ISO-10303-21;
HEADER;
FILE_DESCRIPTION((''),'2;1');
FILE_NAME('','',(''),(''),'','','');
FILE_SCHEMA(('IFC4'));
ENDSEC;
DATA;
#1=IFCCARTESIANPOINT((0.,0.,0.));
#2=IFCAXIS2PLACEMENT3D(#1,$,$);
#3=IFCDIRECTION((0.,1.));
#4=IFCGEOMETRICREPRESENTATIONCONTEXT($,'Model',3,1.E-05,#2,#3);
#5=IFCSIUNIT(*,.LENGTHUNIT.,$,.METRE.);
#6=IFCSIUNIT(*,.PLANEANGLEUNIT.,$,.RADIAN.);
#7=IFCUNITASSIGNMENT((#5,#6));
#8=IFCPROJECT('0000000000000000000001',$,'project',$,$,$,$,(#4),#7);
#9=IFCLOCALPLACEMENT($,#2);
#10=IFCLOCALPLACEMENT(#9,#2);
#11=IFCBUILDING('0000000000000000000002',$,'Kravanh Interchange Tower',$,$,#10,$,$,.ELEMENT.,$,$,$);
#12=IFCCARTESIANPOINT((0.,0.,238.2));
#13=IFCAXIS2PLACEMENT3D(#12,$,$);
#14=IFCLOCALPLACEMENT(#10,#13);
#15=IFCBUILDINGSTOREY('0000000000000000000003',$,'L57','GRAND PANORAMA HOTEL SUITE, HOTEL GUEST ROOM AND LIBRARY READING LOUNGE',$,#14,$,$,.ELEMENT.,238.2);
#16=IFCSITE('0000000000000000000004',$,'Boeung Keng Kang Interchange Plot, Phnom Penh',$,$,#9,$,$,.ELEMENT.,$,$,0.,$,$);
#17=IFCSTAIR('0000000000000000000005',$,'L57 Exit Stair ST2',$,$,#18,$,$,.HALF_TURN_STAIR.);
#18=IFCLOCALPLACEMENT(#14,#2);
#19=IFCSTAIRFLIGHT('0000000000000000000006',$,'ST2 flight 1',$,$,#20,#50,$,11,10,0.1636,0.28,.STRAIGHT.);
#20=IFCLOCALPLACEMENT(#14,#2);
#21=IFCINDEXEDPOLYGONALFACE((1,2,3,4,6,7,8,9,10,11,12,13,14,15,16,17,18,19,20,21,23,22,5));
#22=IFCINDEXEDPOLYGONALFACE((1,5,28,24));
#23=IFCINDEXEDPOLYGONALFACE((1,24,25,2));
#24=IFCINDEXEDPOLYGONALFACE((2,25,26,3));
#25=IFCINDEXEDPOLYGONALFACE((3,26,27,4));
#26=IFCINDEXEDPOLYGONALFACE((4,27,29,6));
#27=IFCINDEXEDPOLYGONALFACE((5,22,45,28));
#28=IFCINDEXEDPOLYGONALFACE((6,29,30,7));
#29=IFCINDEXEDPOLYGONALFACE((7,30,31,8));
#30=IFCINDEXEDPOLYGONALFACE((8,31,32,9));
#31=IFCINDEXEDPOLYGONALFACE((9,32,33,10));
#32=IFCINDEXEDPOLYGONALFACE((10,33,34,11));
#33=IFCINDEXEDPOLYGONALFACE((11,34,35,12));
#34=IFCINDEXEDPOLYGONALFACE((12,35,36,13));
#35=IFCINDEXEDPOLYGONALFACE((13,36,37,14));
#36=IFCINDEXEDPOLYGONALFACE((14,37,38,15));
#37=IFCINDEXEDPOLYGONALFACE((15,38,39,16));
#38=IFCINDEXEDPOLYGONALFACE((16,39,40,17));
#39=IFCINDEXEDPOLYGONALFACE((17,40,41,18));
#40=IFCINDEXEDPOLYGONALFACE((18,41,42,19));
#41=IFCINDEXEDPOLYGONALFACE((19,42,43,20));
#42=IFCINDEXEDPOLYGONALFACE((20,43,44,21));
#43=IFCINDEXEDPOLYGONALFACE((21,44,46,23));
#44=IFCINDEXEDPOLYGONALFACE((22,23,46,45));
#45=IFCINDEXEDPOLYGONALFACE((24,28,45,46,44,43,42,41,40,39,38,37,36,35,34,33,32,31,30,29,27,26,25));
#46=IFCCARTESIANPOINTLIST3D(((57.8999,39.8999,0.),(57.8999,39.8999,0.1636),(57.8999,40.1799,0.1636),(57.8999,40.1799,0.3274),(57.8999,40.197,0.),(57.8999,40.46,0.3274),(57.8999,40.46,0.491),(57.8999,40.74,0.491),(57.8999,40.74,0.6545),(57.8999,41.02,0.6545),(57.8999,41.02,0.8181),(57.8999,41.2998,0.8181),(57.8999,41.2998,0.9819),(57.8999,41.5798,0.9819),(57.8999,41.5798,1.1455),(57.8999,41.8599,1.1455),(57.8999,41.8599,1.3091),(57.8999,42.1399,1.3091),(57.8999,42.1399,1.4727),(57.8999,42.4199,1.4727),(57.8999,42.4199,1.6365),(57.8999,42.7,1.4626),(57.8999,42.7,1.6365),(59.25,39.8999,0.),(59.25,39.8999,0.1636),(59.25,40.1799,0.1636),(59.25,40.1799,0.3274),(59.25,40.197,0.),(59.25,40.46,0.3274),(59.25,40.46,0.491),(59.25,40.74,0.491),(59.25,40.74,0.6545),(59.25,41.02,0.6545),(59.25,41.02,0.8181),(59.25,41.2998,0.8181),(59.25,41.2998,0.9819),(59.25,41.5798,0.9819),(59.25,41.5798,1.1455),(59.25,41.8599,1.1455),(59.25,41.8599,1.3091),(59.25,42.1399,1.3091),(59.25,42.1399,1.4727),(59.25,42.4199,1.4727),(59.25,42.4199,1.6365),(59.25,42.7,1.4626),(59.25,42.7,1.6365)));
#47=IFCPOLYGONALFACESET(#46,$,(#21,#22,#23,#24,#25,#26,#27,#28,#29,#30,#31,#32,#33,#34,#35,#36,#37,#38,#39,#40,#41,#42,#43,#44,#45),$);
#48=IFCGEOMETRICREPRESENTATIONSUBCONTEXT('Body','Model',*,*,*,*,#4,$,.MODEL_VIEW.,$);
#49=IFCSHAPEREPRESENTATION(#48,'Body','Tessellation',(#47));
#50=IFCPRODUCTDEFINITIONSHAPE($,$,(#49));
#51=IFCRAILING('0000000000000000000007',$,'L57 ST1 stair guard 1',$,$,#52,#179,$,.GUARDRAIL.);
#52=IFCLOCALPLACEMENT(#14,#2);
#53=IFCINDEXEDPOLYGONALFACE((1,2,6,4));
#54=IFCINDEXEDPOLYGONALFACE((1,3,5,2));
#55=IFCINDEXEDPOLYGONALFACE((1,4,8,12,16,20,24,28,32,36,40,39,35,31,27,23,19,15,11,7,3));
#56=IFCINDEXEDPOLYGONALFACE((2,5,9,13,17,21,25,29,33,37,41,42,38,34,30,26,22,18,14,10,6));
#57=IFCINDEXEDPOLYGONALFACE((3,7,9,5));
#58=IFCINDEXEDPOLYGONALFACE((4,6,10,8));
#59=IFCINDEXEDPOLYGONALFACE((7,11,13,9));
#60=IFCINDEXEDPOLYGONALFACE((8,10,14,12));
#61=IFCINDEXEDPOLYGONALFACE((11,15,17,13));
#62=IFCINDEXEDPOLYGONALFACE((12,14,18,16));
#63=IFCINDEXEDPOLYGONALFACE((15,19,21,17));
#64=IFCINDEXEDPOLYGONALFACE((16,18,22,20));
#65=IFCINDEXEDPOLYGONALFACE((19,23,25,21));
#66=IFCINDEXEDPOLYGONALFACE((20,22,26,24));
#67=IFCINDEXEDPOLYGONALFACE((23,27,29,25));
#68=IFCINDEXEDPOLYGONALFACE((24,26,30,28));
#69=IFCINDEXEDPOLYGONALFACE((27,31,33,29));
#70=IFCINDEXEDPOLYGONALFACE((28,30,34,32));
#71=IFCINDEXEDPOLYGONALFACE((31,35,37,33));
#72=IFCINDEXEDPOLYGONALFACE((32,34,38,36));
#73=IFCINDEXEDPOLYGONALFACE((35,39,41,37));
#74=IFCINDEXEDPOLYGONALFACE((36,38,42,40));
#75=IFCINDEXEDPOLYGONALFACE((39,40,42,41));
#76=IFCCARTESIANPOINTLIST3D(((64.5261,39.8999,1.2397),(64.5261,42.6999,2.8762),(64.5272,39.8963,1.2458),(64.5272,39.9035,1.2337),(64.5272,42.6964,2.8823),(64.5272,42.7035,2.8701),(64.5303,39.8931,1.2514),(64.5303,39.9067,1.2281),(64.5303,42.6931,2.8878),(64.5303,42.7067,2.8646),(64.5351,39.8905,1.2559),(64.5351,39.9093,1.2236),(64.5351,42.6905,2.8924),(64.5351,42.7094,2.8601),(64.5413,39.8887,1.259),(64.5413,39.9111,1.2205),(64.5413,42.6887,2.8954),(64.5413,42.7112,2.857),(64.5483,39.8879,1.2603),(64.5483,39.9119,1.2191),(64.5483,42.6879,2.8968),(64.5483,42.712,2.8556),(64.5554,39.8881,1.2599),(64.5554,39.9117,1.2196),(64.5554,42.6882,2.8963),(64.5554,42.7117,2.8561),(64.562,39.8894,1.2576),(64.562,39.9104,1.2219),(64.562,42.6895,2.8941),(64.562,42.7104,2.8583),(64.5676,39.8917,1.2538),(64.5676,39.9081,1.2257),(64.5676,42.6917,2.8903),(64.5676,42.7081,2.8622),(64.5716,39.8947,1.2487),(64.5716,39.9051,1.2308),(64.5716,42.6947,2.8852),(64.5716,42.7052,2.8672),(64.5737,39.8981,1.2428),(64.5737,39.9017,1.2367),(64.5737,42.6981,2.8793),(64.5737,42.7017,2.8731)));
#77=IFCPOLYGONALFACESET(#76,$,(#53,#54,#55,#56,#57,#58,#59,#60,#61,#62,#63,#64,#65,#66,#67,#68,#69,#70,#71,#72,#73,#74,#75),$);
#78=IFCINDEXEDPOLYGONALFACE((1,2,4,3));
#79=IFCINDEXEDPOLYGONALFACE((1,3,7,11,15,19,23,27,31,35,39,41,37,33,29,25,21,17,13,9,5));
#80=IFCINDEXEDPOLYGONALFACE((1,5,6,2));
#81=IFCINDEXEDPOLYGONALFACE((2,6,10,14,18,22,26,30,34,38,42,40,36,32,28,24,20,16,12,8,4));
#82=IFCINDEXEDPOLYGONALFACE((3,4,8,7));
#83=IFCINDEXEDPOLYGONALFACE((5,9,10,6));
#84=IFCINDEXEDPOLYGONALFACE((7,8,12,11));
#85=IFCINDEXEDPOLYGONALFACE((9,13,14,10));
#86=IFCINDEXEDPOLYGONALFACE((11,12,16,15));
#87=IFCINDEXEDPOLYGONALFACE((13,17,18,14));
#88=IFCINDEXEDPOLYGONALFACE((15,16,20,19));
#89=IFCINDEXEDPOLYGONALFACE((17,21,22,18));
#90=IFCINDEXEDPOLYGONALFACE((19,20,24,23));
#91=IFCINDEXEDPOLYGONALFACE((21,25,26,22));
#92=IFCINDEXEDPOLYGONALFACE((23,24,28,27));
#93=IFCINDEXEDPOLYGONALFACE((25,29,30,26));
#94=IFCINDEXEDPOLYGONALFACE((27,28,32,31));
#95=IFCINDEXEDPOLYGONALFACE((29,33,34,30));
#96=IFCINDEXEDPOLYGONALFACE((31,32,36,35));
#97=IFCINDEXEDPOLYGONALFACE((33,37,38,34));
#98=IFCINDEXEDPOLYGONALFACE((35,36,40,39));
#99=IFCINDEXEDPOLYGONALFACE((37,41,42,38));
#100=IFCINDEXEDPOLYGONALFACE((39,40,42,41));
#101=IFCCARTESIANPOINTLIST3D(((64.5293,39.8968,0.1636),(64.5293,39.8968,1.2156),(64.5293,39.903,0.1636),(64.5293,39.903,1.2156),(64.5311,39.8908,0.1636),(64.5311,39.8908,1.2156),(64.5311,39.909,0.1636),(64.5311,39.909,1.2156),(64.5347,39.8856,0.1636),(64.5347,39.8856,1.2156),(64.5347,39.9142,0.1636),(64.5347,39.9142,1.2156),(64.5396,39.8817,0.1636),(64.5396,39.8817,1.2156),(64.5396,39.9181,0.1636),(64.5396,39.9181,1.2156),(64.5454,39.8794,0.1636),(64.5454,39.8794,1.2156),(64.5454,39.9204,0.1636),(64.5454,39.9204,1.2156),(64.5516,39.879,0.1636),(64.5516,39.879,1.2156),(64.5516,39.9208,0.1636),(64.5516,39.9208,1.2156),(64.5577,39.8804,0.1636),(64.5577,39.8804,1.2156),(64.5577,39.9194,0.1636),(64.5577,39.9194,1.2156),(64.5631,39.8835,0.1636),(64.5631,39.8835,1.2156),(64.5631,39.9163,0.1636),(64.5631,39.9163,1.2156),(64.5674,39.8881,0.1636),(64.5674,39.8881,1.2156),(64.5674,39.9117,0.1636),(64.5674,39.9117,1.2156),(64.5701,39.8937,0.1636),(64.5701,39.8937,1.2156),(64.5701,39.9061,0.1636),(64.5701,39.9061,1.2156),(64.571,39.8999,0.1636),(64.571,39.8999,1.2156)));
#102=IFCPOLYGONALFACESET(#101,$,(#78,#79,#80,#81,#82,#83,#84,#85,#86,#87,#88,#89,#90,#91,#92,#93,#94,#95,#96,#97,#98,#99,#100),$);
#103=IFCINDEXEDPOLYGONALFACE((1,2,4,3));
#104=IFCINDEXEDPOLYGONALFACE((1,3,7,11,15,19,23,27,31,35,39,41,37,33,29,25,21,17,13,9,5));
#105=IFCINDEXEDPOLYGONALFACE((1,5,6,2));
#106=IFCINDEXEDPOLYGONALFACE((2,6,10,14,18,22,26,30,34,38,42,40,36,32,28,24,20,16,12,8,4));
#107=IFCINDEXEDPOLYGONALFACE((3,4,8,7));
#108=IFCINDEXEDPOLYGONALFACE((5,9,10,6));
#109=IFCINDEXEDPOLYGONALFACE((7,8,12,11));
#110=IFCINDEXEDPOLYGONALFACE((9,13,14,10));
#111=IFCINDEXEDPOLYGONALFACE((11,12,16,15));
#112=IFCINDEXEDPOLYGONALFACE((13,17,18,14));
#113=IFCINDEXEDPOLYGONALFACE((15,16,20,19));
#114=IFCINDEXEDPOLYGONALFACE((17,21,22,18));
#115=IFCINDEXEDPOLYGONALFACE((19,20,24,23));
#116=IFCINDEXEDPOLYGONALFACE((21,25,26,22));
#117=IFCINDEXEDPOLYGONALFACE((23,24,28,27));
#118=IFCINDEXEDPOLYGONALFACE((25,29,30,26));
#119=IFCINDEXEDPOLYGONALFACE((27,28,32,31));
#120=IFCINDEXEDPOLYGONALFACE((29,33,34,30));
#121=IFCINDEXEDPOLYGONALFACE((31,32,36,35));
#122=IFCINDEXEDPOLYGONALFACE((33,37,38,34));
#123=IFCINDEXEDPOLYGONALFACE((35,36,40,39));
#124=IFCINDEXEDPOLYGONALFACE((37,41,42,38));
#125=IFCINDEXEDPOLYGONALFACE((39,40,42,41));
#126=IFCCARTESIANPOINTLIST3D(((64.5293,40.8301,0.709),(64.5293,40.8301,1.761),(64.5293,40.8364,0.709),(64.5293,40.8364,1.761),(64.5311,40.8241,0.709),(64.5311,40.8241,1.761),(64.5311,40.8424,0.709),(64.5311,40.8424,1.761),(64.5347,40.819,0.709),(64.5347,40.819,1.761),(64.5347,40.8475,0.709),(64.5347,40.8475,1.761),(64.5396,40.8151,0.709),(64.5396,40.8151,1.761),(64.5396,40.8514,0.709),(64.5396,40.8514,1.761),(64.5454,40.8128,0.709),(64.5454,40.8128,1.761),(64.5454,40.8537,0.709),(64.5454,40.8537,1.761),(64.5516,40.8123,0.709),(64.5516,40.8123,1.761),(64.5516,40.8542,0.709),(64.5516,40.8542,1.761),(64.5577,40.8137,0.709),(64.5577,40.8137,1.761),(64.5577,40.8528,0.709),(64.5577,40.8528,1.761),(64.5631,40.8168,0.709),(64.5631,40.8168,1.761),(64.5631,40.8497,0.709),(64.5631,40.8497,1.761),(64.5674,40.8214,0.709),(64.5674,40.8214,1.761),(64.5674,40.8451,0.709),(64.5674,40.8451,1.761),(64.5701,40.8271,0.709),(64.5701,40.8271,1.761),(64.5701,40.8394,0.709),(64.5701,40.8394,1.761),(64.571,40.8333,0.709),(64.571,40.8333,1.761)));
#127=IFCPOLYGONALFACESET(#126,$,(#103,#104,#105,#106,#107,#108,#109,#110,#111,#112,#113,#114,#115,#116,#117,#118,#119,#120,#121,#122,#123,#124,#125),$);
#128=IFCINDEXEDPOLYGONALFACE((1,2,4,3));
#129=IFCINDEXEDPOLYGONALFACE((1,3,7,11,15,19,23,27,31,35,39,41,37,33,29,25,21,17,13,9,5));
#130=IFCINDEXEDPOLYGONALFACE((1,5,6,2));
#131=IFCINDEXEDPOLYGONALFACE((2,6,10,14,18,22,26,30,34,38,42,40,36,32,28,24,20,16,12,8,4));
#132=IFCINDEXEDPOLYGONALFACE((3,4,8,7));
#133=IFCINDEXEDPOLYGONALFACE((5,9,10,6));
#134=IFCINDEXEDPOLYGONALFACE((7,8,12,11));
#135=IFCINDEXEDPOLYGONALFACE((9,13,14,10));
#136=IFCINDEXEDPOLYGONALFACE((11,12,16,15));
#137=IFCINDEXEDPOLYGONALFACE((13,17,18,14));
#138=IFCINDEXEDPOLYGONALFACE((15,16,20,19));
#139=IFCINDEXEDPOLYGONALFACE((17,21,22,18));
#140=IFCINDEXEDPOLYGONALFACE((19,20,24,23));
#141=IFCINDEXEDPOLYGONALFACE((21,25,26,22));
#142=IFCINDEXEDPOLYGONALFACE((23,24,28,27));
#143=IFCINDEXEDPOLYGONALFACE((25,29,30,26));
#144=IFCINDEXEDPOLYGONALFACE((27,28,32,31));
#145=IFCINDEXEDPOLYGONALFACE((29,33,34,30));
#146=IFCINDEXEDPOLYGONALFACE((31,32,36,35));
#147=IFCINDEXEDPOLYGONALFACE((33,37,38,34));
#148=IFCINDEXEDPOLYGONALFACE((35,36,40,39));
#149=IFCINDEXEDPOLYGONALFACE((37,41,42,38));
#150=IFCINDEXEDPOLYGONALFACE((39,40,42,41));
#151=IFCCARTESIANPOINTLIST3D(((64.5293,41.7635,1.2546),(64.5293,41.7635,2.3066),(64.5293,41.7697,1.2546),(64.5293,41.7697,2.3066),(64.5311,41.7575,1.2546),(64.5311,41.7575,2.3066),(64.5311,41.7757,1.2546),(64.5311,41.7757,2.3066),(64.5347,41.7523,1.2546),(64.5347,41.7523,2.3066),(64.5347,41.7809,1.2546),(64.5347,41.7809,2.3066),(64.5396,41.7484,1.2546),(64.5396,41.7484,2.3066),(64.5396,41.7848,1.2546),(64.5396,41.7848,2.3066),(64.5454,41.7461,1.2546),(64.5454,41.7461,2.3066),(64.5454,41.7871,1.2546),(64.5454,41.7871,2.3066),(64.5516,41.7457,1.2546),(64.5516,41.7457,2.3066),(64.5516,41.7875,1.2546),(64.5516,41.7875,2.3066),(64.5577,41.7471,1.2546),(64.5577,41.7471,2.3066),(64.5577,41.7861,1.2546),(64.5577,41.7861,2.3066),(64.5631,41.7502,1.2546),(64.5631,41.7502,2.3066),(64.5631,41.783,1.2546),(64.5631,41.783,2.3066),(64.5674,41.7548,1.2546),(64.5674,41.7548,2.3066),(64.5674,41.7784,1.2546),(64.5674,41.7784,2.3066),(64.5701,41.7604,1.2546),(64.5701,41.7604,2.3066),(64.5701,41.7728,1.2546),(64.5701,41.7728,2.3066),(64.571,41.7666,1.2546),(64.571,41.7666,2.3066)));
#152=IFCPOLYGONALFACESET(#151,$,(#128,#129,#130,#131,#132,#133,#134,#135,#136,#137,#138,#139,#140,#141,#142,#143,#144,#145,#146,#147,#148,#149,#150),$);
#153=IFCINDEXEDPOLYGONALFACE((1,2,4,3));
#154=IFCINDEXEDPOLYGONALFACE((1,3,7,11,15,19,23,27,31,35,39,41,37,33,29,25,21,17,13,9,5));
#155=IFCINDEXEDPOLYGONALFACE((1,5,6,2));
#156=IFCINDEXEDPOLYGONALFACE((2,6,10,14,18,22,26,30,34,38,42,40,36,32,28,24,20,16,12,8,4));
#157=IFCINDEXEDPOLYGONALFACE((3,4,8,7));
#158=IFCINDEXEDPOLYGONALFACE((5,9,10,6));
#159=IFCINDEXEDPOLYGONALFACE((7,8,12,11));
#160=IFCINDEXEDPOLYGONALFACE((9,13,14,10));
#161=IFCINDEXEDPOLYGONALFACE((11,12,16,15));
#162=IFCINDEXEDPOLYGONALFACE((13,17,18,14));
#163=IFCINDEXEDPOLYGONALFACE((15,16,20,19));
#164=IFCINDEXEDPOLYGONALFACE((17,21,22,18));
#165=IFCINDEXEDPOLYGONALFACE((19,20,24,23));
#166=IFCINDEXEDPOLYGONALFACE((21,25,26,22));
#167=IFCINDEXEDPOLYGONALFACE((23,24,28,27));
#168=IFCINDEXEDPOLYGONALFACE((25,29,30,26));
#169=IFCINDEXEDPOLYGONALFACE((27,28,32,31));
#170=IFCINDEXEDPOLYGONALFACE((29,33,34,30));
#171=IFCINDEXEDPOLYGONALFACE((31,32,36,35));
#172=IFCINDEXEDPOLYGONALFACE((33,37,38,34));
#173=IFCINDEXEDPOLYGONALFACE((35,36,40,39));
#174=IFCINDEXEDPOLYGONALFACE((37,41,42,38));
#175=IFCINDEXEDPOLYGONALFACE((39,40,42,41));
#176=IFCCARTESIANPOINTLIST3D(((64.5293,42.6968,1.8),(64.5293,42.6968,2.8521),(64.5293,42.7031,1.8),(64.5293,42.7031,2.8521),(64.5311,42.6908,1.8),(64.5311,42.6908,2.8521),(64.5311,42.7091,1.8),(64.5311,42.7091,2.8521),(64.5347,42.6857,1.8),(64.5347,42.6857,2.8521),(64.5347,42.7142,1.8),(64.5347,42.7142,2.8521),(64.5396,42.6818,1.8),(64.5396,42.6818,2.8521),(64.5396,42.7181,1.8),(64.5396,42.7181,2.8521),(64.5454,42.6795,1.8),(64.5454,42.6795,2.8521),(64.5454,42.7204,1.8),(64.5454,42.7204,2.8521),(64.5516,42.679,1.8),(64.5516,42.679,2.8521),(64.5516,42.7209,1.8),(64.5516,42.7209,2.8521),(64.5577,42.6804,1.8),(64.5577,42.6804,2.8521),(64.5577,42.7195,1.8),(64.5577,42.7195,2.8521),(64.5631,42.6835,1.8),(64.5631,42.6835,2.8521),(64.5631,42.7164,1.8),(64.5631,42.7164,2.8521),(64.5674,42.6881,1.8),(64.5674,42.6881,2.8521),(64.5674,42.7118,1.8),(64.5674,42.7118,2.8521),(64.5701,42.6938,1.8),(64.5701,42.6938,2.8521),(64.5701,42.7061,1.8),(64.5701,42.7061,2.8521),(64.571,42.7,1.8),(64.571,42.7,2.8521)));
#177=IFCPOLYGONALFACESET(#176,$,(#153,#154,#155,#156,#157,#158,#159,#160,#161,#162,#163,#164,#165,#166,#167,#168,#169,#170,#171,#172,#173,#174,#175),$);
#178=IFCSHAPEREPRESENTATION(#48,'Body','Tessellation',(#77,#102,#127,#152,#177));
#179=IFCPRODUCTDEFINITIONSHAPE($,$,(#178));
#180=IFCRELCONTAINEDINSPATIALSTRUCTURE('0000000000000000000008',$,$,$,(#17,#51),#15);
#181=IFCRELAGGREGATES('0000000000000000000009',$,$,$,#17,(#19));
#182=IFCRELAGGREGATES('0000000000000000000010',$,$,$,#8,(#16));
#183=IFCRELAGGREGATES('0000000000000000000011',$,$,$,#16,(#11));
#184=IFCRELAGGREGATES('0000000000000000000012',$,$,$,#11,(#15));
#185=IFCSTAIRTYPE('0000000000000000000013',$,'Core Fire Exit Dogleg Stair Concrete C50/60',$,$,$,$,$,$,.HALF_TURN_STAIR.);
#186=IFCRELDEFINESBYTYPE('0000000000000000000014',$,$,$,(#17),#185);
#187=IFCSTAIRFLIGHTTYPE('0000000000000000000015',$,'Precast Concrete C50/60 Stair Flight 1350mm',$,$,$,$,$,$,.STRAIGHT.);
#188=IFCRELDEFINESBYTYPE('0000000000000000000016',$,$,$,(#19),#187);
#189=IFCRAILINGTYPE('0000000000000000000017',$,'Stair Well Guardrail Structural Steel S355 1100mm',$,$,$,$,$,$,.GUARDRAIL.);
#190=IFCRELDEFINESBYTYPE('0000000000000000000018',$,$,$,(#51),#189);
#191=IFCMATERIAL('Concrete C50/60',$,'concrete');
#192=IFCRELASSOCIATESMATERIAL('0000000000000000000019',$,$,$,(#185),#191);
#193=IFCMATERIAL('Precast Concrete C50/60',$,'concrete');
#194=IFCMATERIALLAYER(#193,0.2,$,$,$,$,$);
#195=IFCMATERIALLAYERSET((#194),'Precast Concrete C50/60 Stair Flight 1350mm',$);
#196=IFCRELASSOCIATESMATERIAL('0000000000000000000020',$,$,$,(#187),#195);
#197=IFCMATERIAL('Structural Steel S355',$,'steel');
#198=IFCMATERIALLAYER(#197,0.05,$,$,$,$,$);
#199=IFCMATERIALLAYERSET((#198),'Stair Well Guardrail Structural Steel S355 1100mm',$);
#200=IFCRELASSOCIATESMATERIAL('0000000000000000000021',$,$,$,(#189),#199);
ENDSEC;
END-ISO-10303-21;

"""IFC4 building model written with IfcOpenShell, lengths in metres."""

from ifc_helpers import new_model, si_unit, direction, frame, origin, origin_2d, place, context, subcontext, project, spatial, polyline, circle, outline, extrude, material, layer, layer_set, type_object, element, aggregate, save


model = new_model("IFC4")

# Units and contexts
model_context = context("Model", 3, precision=1e-05, world=origin(), true_north=direction((0.0, 1.0)))
body_context = subcontext(model_context, "Body", "Model", "MODEL_VIEW")
ifc_project = project(units=[si_unit("LENGTHUNIT", "METRE"), si_unit("PLANEANGLEUNIT", "RADIAN")], contexts=[model_context])

# Site, building, storey
site_placement = place(None, origin())
site = spatial("IfcSite", under=ifc_project, at=site_placement, Name="Boeung Keng Kang Interchange Plot, Phnom Penh", CompositionType="ELEMENT", RefElevation=0.0)
building_placement = place(site_placement, origin())
building = spatial("IfcBuilding", under=site, at=building_placement, Name="Kravanh Interchange Tower", CompositionType="ELEMENT")
storey_placement = place(building_placement, frame((0.0, 0.0, 238.2)))
storey = spatial("IfcBuildingStorey", under=building, at=storey_placement, Name="L57", Description="GRAND PANORAMA HOTEL SUITE, HOTEL GUEST ROOM AND LIBRARY READING LOUNGE", CompositionType="ELEMENT", Elevation=238.2)

# Shared definitions
ifc_material_1 = material(Name="Concrete C50/60", Category="concrete")
stair_type = type_object("IfcStairType", Name="Core Fire Exit Dogleg Stair Concrete C50/60", PredefinedType="HALF_TURN_STAIR", material=ifc_material_1)
ifc_material_2 = material(Name="Precast Concrete C50/60", Category="concrete")
ifc_layer_1 = layer(ifc_material_2, 0.2)
ifc_layer_set_1 = layer_set([ifc_layer_1], Name="Precast Concrete C50/60 Stair Flight 1350mm")
stair_flight_type = type_object("IfcStairFlightType", Name="Precast Concrete C50/60 Stair Flight 1350mm", PredefinedType="STRAIGHT", material=ifc_layer_set_1)

# Stair, stair flight
stair_1_placement = place(storey_placement, origin())
stair_1 = element("IfcStair", 1, at=stair_1_placement, inside=storey, type_object=stair_type, Name="L57 Exit Stair ST2", PredefinedType="HALF_TURN_STAIR")
stair_flight_1_placement = place(storey_placement, frame((58.575, 39.8999, 0.0), z_axis=(0.0, 0.0, 1.0), x_axis=(0.0, 1.0, 0.0)))
stair_flight_1 = element("IfcStairFlight", 2, at=stair_flight_1_placement, type_object=stair_flight_type, Name="ST2 flight 1", NumberOfRisers=11, NumberOfTreads=10, PredefinedType="STRAIGHT", RiserHeight=0.1636, TreadLength=0.28, context=body_context, shape_type="SweptSolid", body=[
    extrude(outline(polyline([(0.0, 0.0), (0.0, 0.1636), (0.28, 0.1636), (0.28, 0.3274), (0.5601, 0.3274), (0.5601, 0.491), (0.8401, 0.491), (0.8401, 0.6545), (1.1201, 0.6545), (1.1201, 0.8181), (1.3999, 0.8181), (1.3999, 0.9819), (1.6799, 0.9819), (1.6799, 1.1455), (1.96, 1.1455), (1.96, 1.3091), (2.24, 1.3091), (2.24, 1.4727), (2.52, 1.4727), (2.52, 1.6365), (2.8, 1.6365), (2.8, 1.8), (2.8, 1.4626), (0.2971, 0.0), (0.0, 0.0)])), frame((0.0, 0.675, 0.0), z_axis=(0.0, -1.0, 0.0), x_axis=(1.0, 0.0, 0.0)), (0.0, 0.0, 1.0), 1.3501),
])
aggregate(stair_1, [stair_flight_1])

# Railing
ifc_material_3 = material(Name="Structural Steel S355", Category="steel")
ifc_layer_2 = layer(ifc_material_3, 0.05)
ifc_layer_set_2 = layer_set([ifc_layer_2], Name="Stair Well Guardrail Structural Steel S355 1100mm")
railing_type_1 = type_object("IfcRailingType", Name="Stair Well Guardrail Structural Steel S355 1100mm", PredefinedType="GUARDRAIL", material=ifc_layer_set_2)
railing_1_placement = place(storey_placement, frame((64.55, 39.8999, 0.1636)))
element("IfcRailing", 3, at=railing_1_placement, inside=storey, type_object=railing_type_1, Name="L57 ST1 stair guard 1", PredefinedType="GUARDRAIL", context=body_context, shape_type="SweptSolid", body=[
    extrude(circle(Radius=0.0239, at=origin_2d()), frame((0.0, 0.0, 1.0762), z_axis=(0.0, 0.863361, 0.504587), x_axis=(-1.0, 0.0, 0.0)), (0.0, 0.0, 1.0), 3.2432),
    extrude(circle(Radius=0.021, at=origin_2d()), origin(), (0.0, 0.0, 1.0), 1.052),
    extrude(circle(Radius=0.021, at=origin_2d()), frame((0.0, 0.9333, 0.5454)), (0.0, 0.0, 1.0), 1.052),
    extrude(circle(Radius=0.021, at=origin_2d()), frame((0.0, 1.8667, 1.0911)), (0.0, 0.0, 1.0), 1.052),
    extrude(circle(Radius=0.021, at=origin_2d()), frame((0.0, 2.8, 1.6365)), (0.0, 0.0, 1.0), 1.052),
])

save(model, "model.ifc")
